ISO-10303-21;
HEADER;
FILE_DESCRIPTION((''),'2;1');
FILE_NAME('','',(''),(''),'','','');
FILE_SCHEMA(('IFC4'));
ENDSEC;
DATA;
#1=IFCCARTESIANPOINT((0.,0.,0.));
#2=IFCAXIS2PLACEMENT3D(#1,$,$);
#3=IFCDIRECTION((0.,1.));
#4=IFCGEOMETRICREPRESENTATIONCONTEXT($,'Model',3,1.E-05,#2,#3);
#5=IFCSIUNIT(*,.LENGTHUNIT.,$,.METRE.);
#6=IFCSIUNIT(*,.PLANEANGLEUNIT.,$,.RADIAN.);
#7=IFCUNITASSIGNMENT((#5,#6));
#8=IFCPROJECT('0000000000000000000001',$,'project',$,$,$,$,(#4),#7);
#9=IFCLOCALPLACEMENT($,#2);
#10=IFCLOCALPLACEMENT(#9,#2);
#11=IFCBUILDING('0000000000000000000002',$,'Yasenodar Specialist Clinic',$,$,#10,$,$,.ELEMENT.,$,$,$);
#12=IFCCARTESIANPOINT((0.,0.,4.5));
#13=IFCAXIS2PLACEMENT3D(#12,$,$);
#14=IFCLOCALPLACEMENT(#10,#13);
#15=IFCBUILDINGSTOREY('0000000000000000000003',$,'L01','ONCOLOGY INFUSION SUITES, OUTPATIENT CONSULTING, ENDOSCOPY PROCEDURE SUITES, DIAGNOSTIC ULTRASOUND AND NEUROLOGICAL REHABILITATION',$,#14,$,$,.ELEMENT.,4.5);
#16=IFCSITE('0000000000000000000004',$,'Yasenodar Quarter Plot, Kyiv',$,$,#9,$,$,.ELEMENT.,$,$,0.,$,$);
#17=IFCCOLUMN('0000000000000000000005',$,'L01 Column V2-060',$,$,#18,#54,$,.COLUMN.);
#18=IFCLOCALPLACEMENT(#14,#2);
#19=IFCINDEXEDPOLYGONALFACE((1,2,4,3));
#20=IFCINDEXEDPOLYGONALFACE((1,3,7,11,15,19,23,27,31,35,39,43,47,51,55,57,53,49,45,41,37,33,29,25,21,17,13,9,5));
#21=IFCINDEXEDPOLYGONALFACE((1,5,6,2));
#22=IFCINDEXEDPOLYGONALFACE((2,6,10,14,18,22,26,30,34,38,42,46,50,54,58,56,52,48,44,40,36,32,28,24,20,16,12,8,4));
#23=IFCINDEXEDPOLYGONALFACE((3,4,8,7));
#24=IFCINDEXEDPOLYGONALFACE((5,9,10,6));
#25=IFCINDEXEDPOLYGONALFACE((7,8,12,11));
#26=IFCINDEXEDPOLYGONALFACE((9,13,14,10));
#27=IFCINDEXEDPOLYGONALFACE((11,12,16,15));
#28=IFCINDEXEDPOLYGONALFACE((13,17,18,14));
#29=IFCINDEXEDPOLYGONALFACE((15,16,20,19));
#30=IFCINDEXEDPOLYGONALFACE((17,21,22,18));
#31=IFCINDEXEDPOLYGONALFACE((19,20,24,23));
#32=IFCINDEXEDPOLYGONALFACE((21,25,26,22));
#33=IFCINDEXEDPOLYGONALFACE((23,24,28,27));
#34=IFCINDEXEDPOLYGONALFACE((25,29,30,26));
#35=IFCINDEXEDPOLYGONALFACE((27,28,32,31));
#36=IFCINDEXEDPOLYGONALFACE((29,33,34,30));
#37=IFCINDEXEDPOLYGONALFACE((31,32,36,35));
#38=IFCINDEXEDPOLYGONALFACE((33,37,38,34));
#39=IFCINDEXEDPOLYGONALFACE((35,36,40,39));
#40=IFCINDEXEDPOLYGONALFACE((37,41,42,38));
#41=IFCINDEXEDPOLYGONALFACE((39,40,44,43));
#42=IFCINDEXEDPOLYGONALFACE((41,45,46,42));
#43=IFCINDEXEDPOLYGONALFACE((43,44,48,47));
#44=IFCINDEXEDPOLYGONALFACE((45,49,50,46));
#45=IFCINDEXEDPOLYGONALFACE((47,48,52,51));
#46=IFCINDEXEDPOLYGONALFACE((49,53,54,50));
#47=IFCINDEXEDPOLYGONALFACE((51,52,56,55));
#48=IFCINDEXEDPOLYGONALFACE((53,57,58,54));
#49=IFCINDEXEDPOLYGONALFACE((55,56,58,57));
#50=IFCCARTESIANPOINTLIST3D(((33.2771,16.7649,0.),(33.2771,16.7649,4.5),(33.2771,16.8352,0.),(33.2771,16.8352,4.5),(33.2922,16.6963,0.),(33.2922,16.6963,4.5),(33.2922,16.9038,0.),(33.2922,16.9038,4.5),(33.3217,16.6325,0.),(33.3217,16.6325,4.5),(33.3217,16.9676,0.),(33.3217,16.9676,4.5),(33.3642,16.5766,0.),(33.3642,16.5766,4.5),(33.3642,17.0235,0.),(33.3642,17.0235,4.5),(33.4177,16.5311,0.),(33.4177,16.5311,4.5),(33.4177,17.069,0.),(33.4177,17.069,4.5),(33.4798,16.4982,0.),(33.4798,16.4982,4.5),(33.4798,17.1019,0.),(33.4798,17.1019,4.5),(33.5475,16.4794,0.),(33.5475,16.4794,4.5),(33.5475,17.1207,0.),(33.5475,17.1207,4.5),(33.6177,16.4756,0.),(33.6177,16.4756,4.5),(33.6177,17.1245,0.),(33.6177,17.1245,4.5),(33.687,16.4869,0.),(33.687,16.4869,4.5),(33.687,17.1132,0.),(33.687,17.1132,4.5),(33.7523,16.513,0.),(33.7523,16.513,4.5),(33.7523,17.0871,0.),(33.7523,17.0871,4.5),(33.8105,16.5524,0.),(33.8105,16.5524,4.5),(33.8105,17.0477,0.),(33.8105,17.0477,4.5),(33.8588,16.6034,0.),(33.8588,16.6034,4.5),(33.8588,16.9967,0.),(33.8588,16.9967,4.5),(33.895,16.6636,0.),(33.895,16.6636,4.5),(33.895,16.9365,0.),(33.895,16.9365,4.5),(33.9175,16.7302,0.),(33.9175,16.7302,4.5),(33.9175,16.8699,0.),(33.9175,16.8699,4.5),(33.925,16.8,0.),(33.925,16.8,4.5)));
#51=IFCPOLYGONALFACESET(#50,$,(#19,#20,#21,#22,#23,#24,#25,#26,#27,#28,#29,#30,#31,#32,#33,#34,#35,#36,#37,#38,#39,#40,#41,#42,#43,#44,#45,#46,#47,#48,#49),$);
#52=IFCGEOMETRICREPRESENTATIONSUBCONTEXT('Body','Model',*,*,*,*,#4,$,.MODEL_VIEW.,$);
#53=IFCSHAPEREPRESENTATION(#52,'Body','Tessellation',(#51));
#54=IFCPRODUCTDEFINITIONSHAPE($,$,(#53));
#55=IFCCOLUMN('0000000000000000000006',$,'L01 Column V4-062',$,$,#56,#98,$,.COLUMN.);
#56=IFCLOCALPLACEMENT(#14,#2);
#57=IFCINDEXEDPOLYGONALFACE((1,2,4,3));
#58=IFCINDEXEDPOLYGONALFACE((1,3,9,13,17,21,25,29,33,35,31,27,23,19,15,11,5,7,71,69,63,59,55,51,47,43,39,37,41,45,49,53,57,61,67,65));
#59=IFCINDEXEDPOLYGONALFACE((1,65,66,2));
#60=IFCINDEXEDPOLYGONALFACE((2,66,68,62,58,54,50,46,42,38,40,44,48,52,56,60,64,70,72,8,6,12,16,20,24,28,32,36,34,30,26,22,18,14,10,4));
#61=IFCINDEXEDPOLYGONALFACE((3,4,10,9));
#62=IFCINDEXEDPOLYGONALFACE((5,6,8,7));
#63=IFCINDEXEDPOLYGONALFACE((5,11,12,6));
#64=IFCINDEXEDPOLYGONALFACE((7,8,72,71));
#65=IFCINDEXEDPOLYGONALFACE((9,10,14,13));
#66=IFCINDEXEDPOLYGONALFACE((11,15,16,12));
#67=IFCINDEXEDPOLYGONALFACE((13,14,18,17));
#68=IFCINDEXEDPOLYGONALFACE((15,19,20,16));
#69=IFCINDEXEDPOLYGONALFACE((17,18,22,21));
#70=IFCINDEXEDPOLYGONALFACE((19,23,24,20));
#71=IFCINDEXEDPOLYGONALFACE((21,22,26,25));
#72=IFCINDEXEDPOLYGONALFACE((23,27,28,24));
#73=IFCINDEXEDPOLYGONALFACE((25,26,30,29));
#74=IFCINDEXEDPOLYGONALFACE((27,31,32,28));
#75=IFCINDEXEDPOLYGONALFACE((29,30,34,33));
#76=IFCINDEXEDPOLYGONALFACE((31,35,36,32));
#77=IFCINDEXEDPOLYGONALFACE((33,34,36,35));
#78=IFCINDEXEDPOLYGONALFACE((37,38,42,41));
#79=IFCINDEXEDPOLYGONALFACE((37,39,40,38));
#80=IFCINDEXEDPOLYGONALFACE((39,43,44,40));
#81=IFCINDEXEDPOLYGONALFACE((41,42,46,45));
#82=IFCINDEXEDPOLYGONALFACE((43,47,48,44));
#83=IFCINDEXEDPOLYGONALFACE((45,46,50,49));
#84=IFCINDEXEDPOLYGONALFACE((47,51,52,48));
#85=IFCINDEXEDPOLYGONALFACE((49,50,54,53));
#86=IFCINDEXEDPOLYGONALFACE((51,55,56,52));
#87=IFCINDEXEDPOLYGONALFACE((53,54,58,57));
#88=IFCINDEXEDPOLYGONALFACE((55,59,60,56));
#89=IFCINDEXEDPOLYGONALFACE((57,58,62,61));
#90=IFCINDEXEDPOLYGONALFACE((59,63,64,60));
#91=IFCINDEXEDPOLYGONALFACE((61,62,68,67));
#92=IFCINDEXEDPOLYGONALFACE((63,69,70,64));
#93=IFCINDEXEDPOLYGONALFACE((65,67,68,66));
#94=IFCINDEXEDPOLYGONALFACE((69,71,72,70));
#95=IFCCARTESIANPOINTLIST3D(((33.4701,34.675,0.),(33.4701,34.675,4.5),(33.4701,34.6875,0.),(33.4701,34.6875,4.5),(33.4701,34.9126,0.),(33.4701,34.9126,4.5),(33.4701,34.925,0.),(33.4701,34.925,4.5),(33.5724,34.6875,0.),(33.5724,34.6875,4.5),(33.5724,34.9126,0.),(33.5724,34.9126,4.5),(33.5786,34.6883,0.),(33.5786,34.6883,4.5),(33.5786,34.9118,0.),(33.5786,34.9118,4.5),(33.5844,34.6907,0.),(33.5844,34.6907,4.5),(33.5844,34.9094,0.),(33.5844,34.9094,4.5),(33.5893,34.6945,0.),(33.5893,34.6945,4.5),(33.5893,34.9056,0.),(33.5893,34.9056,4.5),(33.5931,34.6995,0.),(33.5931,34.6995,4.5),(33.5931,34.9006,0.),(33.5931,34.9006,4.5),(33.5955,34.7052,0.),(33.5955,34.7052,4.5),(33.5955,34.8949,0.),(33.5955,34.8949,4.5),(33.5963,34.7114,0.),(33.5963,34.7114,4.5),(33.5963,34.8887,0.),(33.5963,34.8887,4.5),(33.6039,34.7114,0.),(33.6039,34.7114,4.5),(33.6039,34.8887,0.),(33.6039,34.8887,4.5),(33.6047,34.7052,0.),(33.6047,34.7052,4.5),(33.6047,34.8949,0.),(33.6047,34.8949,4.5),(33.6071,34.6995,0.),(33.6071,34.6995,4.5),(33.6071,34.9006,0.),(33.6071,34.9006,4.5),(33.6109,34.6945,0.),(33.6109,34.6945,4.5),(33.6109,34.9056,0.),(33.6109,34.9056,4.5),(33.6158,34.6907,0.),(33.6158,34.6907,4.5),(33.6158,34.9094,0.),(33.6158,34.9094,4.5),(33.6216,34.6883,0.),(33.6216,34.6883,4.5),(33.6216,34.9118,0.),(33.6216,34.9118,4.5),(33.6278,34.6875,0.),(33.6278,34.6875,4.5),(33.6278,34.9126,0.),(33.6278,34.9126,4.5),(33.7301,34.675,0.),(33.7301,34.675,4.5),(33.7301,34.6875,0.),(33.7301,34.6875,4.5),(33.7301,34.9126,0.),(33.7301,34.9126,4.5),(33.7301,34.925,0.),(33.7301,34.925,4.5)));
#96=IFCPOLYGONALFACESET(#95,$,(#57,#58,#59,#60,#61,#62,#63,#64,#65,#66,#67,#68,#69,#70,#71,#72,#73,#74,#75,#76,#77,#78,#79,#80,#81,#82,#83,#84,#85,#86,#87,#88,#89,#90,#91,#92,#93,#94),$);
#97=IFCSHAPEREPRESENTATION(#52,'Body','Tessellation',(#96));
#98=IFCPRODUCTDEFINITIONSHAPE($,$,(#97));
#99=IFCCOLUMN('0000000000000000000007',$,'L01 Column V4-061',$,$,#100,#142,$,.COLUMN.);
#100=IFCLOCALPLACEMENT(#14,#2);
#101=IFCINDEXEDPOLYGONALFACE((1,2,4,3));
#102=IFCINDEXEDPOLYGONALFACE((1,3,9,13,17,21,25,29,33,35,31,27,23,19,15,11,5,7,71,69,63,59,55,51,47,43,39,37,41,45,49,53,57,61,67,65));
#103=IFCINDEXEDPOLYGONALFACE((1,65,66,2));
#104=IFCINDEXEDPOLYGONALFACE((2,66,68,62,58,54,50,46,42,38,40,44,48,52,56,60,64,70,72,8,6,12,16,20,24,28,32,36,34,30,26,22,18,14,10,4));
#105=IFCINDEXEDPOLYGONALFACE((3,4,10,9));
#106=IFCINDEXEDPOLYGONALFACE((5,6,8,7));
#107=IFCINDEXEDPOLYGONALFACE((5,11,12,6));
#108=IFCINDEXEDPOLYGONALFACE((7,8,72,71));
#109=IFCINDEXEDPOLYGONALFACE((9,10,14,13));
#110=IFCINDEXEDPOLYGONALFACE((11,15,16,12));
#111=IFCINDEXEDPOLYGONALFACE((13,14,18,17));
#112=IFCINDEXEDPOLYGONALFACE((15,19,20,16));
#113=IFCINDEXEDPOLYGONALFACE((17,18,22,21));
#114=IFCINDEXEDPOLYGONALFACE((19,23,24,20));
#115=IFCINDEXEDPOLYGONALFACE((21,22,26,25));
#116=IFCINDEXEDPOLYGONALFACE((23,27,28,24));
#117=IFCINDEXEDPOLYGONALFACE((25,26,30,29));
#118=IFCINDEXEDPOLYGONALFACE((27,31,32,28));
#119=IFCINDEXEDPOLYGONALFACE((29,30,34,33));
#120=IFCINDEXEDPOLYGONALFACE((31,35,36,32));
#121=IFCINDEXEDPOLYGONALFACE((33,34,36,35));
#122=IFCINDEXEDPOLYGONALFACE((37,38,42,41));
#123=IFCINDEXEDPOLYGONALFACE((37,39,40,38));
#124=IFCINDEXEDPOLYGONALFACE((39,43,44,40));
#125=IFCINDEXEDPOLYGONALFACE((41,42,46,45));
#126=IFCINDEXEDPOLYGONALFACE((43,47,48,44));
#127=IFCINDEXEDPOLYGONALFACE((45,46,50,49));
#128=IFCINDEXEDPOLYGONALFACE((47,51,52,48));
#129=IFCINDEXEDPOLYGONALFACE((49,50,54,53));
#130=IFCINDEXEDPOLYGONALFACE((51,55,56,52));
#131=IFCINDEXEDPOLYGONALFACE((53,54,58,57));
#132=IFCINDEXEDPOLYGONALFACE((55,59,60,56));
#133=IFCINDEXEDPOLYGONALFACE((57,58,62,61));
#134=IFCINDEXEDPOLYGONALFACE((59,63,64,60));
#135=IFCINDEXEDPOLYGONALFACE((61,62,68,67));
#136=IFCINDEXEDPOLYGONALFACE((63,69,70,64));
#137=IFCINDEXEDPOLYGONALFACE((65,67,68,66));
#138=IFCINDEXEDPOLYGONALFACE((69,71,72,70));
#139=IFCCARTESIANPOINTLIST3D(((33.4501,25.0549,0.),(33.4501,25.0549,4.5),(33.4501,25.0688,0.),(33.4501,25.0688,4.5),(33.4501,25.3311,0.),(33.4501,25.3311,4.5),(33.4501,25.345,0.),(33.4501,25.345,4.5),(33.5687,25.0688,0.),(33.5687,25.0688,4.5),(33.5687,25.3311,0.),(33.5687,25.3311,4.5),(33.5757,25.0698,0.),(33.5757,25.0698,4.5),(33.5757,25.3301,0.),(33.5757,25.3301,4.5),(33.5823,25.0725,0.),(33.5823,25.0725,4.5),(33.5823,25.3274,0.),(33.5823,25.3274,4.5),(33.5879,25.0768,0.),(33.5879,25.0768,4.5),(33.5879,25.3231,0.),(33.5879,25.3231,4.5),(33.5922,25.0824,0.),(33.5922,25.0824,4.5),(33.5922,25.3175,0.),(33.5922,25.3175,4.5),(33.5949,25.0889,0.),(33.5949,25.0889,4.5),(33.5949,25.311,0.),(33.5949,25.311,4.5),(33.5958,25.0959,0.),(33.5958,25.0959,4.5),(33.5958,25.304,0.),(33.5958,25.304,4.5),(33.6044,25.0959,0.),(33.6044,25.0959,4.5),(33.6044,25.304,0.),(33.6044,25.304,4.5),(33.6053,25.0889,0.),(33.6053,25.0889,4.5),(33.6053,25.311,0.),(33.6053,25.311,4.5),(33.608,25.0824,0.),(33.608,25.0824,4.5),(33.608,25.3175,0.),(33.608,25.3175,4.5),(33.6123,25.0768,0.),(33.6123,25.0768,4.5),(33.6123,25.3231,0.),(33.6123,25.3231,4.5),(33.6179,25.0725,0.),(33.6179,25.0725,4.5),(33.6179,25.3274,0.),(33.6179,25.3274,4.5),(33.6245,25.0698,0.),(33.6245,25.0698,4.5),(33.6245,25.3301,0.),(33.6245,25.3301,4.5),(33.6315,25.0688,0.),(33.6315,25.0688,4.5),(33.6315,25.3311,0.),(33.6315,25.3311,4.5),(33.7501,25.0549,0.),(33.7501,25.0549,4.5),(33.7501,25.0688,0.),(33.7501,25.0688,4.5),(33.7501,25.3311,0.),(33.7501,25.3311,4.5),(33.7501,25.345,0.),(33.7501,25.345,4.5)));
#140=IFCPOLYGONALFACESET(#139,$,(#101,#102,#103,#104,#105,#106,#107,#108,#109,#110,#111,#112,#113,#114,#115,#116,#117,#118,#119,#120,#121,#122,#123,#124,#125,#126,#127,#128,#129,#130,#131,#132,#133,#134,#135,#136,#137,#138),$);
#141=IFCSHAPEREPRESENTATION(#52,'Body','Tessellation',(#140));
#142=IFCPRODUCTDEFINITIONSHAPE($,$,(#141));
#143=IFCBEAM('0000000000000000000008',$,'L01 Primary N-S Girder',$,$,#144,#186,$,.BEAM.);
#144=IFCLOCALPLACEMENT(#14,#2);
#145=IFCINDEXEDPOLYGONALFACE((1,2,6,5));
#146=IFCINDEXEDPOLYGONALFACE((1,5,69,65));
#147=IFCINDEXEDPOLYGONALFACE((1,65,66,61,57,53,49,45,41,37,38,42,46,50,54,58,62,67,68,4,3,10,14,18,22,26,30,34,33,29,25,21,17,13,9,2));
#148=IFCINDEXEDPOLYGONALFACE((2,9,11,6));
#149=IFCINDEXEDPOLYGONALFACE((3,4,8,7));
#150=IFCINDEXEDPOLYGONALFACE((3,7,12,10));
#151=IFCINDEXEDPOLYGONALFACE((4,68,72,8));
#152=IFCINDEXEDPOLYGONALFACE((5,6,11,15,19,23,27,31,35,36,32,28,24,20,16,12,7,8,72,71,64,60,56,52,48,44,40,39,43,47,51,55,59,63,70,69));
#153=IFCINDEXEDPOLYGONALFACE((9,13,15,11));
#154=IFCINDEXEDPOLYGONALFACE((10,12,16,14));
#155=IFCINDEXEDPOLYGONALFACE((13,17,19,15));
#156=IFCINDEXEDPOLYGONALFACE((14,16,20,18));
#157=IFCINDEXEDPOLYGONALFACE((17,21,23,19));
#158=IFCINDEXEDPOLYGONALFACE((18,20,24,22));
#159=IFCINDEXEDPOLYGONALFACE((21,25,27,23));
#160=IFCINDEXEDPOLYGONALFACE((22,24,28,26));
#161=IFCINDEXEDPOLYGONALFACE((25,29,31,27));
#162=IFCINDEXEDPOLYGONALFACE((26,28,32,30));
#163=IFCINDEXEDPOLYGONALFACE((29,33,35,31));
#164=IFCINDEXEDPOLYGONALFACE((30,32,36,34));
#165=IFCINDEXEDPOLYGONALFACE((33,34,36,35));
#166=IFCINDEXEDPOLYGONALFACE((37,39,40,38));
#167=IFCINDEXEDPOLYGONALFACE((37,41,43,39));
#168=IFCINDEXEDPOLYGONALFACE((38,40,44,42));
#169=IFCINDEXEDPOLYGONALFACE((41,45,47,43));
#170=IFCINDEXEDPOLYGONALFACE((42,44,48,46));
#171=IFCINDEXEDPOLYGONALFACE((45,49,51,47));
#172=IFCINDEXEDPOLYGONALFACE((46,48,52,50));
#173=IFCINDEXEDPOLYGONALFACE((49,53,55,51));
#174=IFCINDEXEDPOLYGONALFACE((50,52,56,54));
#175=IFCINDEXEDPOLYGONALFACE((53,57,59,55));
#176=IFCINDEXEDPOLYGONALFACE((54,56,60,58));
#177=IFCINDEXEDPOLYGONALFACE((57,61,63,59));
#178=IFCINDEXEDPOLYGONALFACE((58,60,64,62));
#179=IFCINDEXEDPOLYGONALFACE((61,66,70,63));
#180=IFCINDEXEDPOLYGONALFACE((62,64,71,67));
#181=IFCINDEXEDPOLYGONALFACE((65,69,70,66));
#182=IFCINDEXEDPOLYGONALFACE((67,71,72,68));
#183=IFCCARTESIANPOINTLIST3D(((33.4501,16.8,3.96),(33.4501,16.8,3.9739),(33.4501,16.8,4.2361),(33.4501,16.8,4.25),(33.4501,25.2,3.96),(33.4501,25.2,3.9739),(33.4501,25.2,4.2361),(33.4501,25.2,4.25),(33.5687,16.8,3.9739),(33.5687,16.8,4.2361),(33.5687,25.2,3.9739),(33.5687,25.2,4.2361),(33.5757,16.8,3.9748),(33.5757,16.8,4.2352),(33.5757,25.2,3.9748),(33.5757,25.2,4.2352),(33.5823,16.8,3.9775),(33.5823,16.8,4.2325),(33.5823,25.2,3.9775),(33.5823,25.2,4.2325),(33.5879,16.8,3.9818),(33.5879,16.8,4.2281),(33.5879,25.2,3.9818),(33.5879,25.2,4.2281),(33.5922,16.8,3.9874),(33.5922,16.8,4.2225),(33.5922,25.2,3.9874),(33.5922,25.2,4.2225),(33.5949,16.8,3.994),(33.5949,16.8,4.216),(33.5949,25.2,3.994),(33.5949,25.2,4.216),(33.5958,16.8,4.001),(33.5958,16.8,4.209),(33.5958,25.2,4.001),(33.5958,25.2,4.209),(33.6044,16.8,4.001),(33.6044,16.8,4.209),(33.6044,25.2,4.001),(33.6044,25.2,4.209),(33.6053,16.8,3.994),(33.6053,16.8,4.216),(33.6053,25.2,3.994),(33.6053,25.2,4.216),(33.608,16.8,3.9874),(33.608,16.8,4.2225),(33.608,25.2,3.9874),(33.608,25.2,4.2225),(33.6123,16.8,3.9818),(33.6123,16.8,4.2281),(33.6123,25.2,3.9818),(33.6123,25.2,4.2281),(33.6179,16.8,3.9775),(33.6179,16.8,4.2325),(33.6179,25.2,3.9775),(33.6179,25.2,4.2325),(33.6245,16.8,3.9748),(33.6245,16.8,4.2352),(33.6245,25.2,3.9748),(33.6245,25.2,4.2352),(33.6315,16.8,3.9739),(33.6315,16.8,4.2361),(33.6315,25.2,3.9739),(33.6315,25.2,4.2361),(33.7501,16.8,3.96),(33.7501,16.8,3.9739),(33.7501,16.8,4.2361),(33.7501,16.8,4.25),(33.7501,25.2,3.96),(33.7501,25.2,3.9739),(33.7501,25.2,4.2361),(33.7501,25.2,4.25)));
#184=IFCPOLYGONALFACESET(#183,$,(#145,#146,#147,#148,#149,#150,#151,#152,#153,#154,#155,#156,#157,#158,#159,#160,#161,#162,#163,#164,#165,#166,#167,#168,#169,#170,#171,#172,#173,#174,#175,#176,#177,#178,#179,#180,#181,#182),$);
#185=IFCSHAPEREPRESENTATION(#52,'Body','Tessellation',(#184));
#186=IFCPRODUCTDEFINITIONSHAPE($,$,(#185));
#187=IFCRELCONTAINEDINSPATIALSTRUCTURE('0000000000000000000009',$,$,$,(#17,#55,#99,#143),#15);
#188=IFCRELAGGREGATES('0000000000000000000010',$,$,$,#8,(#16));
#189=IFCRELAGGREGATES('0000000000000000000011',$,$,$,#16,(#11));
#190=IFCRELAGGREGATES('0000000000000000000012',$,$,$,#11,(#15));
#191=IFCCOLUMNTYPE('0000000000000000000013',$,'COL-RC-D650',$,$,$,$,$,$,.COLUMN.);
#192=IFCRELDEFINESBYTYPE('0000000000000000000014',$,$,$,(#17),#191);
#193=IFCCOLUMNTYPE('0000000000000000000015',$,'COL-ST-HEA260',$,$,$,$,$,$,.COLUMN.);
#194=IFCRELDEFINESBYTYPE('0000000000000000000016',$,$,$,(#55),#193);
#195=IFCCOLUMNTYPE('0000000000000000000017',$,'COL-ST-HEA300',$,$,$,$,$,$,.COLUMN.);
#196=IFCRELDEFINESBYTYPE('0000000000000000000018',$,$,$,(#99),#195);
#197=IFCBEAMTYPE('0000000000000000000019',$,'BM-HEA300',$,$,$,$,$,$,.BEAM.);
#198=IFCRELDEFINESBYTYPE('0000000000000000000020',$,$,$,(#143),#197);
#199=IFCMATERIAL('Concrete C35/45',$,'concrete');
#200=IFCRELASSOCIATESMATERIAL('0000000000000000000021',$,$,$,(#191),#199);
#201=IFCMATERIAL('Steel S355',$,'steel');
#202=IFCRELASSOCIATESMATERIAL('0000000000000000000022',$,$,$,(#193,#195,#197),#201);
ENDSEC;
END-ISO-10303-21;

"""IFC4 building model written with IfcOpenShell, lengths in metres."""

from ifc_helpers import new_model, si_unit, direction, frame, origin, origin_2d, place, context, subcontext, project, spatial, circle, i_section, extrude, material, material_profile, profile_set, type_object, element, save


model = new_model("IFC4")

# Units and contexts
model_context = context("Model", 3, precision=1e-05, world=origin(), true_north=direction((0.0, 1.0)))
body_context = subcontext(model_context, "Body", "Model", "MODEL_VIEW")
ifc_project = project(units=[si_unit("LENGTHUNIT", "METRE"), si_unit("PLANEANGLEUNIT", "RADIAN")], contexts=[model_context])

# Site, building, storey
site_placement = place(None, origin())
site = spatial("IfcSite", under=ifc_project, at=site_placement, Name="Yasenodar Quarter Plot, Kyiv", CompositionType="ELEMENT", RefElevation=0.0)
building_placement = place(site_placement, origin())
building = spatial("IfcBuilding", under=site, at=building_placement, Name="Yasenodar Specialist Clinic", CompositionType="ELEMENT")
storey_placement = place(building_placement, frame((0.0, 0.0, 4.5)))
storey = spatial("IfcBuildingStorey", under=building, at=storey_placement, Name="L01", Description="ONCOLOGY INFUSION SUITES, OUTPATIENT CONSULTING, ENDOSCOPY PROCEDURE SUITES, DIAGNOSTIC ULTRASOUND AND NEUROLOGICAL REHABILITATION", CompositionType="ELEMENT", Elevation=4.5)

# Columns
ifc_material_1 = material(Name="Concrete C35/45", Category="concrete")
ifc_material_profile_1 = material_profile(ifc_material_1, circle(Radius=0.325, at=origin_2d()), Name="RC D650")
ifc_profile_set_1 = profile_set([ifc_material_profile_1], Name="Concrete C35/45")
column_type_1 = type_object("IfcColumnType", Name="COL-RC-D650", PredefinedType="COLUMN", material=ifc_profile_set_1)
column_1_placement = place(storey_placement, frame((33.6001, 16.8, 0.0), z_axis=(0.0, 0.0, 1.0), x_axis=(1.0, 0.0, 0.0)))
element("IfcColumn", 1, at=column_1_placement, inside=storey, type_object=column_type_1, Name="L01 Column V2-060", PredefinedType="COLUMN", context=body_context, shape_type="SweptSolid", body=[
    extrude(circle(Radius=0.325, at=origin_2d()), origin(), (0.0, 0.0, 1.0), 4.5),
])
ifc_material_2 = material(Name="Steel S355", Category="steel")
ifc_material_profile_2 = material_profile(ifc_material_2, i_section(OverallWidth=0.26, OverallDepth=0.25, WebThickness=0.0076, FlangeThickness=0.0125, FilletRadius=0.0239, at=origin_2d()), Name="HEA 260")
ifc_profile_set_2 = profile_set([ifc_material_profile_2], Name="Steel S355")
column_type_2 = type_object("IfcColumnType", Name="COL-ST-HEA260", PredefinedType="COLUMN", material=ifc_profile_set_2)
column_2_placement = place(storey_placement, frame((33.6001, 34.8, 0.0), z_axis=(0.0, 0.0, 1.0), x_axis=(1.0, 0.0, 0.0)))
element("IfcColumn", 2, at=column_2_placement, inside=storey, type_object=column_type_2, Name="L01 Column V4-062", PredefinedType="COLUMN", context=body_context, shape_type="SweptSolid", body=[
    extrude(i_section(OverallWidth=0.26, OverallDepth=0.25, WebThickness=0.0076, FlangeThickness=0.0125, FilletRadius=0.0239, at=origin_2d()), origin(), (0.0, 0.0, 1.0), 4.5),
])
ifc_material_profile_3 = material_profile(ifc_material_2, i_section(OverallWidth=0.3, OverallDepth=0.29, WebThickness=0.0085, FlangeThickness=0.0139, FilletRadius=0.0271, at=origin_2d()), Name="HEA 300")
ifc_profile_set_3 = profile_set([ifc_material_profile_3], Name="Steel S355")
column_type_3 = type_object("IfcColumnType", Name="COL-ST-HEA300", PredefinedType="COLUMN", material=ifc_profile_set_3)
column_3_placement = place(storey_placement, frame((33.6001, 25.2, 0.0), z_axis=(0.0, 0.0, 1.0), x_axis=(1.0, 0.0, 0.0)))
element("IfcColumn", 3, at=column_3_placement, inside=storey, type_object=column_type_3, Name="L01 Column V4-061", PredefinedType="COLUMN", context=body_context, shape_type="SweptSolid", body=[
    extrude(i_section(OverallWidth=0.3, OverallDepth=0.29, WebThickness=0.0085, FlangeThickness=0.0139, FilletRadius=0.0271, at=origin_2d()), origin(), (0.0, 0.0, 1.0), 4.5),
])

# Beam
ifc_material_profile_4 = material_profile(ifc_material_2, i_section(OverallWidth=0.3, OverallDepth=0.29, WebThickness=0.0085, FlangeThickness=0.0139, FilletRadius=0.0271, at=origin_2d()), Name="HEA 300")
ifc_profile_set_4 = profile_set([ifc_material_profile_4], Name="Steel S355")
beam_type_1 = type_object("IfcBeamType", Name="BM-HEA300", PredefinedType="BEAM", material=ifc_profile_set_4)
beam_1_placement = place(storey_placement, frame((33.6001, 16.8, 4.105), z_axis=(0.0, 1.0, 0.0), x_axis=(-1.0, 0.0, 0.0)))
element("IfcBeam", 4, at=beam_1_placement, inside=storey, type_object=beam_type_1, Name="L01 Primary N-S Girder", PredefinedType="BEAM", context=body_context, shape_type="SweptSolid", body=[
    extrude(i_section(OverallWidth=0.3, OverallDepth=0.29, WebThickness=0.0085, FlangeThickness=0.0139, FilletRadius=0.0271, at=origin_2d()), origin(), (0.0, 0.0, 1.0), 8.3999),
])

save(model, "model.ifc")
